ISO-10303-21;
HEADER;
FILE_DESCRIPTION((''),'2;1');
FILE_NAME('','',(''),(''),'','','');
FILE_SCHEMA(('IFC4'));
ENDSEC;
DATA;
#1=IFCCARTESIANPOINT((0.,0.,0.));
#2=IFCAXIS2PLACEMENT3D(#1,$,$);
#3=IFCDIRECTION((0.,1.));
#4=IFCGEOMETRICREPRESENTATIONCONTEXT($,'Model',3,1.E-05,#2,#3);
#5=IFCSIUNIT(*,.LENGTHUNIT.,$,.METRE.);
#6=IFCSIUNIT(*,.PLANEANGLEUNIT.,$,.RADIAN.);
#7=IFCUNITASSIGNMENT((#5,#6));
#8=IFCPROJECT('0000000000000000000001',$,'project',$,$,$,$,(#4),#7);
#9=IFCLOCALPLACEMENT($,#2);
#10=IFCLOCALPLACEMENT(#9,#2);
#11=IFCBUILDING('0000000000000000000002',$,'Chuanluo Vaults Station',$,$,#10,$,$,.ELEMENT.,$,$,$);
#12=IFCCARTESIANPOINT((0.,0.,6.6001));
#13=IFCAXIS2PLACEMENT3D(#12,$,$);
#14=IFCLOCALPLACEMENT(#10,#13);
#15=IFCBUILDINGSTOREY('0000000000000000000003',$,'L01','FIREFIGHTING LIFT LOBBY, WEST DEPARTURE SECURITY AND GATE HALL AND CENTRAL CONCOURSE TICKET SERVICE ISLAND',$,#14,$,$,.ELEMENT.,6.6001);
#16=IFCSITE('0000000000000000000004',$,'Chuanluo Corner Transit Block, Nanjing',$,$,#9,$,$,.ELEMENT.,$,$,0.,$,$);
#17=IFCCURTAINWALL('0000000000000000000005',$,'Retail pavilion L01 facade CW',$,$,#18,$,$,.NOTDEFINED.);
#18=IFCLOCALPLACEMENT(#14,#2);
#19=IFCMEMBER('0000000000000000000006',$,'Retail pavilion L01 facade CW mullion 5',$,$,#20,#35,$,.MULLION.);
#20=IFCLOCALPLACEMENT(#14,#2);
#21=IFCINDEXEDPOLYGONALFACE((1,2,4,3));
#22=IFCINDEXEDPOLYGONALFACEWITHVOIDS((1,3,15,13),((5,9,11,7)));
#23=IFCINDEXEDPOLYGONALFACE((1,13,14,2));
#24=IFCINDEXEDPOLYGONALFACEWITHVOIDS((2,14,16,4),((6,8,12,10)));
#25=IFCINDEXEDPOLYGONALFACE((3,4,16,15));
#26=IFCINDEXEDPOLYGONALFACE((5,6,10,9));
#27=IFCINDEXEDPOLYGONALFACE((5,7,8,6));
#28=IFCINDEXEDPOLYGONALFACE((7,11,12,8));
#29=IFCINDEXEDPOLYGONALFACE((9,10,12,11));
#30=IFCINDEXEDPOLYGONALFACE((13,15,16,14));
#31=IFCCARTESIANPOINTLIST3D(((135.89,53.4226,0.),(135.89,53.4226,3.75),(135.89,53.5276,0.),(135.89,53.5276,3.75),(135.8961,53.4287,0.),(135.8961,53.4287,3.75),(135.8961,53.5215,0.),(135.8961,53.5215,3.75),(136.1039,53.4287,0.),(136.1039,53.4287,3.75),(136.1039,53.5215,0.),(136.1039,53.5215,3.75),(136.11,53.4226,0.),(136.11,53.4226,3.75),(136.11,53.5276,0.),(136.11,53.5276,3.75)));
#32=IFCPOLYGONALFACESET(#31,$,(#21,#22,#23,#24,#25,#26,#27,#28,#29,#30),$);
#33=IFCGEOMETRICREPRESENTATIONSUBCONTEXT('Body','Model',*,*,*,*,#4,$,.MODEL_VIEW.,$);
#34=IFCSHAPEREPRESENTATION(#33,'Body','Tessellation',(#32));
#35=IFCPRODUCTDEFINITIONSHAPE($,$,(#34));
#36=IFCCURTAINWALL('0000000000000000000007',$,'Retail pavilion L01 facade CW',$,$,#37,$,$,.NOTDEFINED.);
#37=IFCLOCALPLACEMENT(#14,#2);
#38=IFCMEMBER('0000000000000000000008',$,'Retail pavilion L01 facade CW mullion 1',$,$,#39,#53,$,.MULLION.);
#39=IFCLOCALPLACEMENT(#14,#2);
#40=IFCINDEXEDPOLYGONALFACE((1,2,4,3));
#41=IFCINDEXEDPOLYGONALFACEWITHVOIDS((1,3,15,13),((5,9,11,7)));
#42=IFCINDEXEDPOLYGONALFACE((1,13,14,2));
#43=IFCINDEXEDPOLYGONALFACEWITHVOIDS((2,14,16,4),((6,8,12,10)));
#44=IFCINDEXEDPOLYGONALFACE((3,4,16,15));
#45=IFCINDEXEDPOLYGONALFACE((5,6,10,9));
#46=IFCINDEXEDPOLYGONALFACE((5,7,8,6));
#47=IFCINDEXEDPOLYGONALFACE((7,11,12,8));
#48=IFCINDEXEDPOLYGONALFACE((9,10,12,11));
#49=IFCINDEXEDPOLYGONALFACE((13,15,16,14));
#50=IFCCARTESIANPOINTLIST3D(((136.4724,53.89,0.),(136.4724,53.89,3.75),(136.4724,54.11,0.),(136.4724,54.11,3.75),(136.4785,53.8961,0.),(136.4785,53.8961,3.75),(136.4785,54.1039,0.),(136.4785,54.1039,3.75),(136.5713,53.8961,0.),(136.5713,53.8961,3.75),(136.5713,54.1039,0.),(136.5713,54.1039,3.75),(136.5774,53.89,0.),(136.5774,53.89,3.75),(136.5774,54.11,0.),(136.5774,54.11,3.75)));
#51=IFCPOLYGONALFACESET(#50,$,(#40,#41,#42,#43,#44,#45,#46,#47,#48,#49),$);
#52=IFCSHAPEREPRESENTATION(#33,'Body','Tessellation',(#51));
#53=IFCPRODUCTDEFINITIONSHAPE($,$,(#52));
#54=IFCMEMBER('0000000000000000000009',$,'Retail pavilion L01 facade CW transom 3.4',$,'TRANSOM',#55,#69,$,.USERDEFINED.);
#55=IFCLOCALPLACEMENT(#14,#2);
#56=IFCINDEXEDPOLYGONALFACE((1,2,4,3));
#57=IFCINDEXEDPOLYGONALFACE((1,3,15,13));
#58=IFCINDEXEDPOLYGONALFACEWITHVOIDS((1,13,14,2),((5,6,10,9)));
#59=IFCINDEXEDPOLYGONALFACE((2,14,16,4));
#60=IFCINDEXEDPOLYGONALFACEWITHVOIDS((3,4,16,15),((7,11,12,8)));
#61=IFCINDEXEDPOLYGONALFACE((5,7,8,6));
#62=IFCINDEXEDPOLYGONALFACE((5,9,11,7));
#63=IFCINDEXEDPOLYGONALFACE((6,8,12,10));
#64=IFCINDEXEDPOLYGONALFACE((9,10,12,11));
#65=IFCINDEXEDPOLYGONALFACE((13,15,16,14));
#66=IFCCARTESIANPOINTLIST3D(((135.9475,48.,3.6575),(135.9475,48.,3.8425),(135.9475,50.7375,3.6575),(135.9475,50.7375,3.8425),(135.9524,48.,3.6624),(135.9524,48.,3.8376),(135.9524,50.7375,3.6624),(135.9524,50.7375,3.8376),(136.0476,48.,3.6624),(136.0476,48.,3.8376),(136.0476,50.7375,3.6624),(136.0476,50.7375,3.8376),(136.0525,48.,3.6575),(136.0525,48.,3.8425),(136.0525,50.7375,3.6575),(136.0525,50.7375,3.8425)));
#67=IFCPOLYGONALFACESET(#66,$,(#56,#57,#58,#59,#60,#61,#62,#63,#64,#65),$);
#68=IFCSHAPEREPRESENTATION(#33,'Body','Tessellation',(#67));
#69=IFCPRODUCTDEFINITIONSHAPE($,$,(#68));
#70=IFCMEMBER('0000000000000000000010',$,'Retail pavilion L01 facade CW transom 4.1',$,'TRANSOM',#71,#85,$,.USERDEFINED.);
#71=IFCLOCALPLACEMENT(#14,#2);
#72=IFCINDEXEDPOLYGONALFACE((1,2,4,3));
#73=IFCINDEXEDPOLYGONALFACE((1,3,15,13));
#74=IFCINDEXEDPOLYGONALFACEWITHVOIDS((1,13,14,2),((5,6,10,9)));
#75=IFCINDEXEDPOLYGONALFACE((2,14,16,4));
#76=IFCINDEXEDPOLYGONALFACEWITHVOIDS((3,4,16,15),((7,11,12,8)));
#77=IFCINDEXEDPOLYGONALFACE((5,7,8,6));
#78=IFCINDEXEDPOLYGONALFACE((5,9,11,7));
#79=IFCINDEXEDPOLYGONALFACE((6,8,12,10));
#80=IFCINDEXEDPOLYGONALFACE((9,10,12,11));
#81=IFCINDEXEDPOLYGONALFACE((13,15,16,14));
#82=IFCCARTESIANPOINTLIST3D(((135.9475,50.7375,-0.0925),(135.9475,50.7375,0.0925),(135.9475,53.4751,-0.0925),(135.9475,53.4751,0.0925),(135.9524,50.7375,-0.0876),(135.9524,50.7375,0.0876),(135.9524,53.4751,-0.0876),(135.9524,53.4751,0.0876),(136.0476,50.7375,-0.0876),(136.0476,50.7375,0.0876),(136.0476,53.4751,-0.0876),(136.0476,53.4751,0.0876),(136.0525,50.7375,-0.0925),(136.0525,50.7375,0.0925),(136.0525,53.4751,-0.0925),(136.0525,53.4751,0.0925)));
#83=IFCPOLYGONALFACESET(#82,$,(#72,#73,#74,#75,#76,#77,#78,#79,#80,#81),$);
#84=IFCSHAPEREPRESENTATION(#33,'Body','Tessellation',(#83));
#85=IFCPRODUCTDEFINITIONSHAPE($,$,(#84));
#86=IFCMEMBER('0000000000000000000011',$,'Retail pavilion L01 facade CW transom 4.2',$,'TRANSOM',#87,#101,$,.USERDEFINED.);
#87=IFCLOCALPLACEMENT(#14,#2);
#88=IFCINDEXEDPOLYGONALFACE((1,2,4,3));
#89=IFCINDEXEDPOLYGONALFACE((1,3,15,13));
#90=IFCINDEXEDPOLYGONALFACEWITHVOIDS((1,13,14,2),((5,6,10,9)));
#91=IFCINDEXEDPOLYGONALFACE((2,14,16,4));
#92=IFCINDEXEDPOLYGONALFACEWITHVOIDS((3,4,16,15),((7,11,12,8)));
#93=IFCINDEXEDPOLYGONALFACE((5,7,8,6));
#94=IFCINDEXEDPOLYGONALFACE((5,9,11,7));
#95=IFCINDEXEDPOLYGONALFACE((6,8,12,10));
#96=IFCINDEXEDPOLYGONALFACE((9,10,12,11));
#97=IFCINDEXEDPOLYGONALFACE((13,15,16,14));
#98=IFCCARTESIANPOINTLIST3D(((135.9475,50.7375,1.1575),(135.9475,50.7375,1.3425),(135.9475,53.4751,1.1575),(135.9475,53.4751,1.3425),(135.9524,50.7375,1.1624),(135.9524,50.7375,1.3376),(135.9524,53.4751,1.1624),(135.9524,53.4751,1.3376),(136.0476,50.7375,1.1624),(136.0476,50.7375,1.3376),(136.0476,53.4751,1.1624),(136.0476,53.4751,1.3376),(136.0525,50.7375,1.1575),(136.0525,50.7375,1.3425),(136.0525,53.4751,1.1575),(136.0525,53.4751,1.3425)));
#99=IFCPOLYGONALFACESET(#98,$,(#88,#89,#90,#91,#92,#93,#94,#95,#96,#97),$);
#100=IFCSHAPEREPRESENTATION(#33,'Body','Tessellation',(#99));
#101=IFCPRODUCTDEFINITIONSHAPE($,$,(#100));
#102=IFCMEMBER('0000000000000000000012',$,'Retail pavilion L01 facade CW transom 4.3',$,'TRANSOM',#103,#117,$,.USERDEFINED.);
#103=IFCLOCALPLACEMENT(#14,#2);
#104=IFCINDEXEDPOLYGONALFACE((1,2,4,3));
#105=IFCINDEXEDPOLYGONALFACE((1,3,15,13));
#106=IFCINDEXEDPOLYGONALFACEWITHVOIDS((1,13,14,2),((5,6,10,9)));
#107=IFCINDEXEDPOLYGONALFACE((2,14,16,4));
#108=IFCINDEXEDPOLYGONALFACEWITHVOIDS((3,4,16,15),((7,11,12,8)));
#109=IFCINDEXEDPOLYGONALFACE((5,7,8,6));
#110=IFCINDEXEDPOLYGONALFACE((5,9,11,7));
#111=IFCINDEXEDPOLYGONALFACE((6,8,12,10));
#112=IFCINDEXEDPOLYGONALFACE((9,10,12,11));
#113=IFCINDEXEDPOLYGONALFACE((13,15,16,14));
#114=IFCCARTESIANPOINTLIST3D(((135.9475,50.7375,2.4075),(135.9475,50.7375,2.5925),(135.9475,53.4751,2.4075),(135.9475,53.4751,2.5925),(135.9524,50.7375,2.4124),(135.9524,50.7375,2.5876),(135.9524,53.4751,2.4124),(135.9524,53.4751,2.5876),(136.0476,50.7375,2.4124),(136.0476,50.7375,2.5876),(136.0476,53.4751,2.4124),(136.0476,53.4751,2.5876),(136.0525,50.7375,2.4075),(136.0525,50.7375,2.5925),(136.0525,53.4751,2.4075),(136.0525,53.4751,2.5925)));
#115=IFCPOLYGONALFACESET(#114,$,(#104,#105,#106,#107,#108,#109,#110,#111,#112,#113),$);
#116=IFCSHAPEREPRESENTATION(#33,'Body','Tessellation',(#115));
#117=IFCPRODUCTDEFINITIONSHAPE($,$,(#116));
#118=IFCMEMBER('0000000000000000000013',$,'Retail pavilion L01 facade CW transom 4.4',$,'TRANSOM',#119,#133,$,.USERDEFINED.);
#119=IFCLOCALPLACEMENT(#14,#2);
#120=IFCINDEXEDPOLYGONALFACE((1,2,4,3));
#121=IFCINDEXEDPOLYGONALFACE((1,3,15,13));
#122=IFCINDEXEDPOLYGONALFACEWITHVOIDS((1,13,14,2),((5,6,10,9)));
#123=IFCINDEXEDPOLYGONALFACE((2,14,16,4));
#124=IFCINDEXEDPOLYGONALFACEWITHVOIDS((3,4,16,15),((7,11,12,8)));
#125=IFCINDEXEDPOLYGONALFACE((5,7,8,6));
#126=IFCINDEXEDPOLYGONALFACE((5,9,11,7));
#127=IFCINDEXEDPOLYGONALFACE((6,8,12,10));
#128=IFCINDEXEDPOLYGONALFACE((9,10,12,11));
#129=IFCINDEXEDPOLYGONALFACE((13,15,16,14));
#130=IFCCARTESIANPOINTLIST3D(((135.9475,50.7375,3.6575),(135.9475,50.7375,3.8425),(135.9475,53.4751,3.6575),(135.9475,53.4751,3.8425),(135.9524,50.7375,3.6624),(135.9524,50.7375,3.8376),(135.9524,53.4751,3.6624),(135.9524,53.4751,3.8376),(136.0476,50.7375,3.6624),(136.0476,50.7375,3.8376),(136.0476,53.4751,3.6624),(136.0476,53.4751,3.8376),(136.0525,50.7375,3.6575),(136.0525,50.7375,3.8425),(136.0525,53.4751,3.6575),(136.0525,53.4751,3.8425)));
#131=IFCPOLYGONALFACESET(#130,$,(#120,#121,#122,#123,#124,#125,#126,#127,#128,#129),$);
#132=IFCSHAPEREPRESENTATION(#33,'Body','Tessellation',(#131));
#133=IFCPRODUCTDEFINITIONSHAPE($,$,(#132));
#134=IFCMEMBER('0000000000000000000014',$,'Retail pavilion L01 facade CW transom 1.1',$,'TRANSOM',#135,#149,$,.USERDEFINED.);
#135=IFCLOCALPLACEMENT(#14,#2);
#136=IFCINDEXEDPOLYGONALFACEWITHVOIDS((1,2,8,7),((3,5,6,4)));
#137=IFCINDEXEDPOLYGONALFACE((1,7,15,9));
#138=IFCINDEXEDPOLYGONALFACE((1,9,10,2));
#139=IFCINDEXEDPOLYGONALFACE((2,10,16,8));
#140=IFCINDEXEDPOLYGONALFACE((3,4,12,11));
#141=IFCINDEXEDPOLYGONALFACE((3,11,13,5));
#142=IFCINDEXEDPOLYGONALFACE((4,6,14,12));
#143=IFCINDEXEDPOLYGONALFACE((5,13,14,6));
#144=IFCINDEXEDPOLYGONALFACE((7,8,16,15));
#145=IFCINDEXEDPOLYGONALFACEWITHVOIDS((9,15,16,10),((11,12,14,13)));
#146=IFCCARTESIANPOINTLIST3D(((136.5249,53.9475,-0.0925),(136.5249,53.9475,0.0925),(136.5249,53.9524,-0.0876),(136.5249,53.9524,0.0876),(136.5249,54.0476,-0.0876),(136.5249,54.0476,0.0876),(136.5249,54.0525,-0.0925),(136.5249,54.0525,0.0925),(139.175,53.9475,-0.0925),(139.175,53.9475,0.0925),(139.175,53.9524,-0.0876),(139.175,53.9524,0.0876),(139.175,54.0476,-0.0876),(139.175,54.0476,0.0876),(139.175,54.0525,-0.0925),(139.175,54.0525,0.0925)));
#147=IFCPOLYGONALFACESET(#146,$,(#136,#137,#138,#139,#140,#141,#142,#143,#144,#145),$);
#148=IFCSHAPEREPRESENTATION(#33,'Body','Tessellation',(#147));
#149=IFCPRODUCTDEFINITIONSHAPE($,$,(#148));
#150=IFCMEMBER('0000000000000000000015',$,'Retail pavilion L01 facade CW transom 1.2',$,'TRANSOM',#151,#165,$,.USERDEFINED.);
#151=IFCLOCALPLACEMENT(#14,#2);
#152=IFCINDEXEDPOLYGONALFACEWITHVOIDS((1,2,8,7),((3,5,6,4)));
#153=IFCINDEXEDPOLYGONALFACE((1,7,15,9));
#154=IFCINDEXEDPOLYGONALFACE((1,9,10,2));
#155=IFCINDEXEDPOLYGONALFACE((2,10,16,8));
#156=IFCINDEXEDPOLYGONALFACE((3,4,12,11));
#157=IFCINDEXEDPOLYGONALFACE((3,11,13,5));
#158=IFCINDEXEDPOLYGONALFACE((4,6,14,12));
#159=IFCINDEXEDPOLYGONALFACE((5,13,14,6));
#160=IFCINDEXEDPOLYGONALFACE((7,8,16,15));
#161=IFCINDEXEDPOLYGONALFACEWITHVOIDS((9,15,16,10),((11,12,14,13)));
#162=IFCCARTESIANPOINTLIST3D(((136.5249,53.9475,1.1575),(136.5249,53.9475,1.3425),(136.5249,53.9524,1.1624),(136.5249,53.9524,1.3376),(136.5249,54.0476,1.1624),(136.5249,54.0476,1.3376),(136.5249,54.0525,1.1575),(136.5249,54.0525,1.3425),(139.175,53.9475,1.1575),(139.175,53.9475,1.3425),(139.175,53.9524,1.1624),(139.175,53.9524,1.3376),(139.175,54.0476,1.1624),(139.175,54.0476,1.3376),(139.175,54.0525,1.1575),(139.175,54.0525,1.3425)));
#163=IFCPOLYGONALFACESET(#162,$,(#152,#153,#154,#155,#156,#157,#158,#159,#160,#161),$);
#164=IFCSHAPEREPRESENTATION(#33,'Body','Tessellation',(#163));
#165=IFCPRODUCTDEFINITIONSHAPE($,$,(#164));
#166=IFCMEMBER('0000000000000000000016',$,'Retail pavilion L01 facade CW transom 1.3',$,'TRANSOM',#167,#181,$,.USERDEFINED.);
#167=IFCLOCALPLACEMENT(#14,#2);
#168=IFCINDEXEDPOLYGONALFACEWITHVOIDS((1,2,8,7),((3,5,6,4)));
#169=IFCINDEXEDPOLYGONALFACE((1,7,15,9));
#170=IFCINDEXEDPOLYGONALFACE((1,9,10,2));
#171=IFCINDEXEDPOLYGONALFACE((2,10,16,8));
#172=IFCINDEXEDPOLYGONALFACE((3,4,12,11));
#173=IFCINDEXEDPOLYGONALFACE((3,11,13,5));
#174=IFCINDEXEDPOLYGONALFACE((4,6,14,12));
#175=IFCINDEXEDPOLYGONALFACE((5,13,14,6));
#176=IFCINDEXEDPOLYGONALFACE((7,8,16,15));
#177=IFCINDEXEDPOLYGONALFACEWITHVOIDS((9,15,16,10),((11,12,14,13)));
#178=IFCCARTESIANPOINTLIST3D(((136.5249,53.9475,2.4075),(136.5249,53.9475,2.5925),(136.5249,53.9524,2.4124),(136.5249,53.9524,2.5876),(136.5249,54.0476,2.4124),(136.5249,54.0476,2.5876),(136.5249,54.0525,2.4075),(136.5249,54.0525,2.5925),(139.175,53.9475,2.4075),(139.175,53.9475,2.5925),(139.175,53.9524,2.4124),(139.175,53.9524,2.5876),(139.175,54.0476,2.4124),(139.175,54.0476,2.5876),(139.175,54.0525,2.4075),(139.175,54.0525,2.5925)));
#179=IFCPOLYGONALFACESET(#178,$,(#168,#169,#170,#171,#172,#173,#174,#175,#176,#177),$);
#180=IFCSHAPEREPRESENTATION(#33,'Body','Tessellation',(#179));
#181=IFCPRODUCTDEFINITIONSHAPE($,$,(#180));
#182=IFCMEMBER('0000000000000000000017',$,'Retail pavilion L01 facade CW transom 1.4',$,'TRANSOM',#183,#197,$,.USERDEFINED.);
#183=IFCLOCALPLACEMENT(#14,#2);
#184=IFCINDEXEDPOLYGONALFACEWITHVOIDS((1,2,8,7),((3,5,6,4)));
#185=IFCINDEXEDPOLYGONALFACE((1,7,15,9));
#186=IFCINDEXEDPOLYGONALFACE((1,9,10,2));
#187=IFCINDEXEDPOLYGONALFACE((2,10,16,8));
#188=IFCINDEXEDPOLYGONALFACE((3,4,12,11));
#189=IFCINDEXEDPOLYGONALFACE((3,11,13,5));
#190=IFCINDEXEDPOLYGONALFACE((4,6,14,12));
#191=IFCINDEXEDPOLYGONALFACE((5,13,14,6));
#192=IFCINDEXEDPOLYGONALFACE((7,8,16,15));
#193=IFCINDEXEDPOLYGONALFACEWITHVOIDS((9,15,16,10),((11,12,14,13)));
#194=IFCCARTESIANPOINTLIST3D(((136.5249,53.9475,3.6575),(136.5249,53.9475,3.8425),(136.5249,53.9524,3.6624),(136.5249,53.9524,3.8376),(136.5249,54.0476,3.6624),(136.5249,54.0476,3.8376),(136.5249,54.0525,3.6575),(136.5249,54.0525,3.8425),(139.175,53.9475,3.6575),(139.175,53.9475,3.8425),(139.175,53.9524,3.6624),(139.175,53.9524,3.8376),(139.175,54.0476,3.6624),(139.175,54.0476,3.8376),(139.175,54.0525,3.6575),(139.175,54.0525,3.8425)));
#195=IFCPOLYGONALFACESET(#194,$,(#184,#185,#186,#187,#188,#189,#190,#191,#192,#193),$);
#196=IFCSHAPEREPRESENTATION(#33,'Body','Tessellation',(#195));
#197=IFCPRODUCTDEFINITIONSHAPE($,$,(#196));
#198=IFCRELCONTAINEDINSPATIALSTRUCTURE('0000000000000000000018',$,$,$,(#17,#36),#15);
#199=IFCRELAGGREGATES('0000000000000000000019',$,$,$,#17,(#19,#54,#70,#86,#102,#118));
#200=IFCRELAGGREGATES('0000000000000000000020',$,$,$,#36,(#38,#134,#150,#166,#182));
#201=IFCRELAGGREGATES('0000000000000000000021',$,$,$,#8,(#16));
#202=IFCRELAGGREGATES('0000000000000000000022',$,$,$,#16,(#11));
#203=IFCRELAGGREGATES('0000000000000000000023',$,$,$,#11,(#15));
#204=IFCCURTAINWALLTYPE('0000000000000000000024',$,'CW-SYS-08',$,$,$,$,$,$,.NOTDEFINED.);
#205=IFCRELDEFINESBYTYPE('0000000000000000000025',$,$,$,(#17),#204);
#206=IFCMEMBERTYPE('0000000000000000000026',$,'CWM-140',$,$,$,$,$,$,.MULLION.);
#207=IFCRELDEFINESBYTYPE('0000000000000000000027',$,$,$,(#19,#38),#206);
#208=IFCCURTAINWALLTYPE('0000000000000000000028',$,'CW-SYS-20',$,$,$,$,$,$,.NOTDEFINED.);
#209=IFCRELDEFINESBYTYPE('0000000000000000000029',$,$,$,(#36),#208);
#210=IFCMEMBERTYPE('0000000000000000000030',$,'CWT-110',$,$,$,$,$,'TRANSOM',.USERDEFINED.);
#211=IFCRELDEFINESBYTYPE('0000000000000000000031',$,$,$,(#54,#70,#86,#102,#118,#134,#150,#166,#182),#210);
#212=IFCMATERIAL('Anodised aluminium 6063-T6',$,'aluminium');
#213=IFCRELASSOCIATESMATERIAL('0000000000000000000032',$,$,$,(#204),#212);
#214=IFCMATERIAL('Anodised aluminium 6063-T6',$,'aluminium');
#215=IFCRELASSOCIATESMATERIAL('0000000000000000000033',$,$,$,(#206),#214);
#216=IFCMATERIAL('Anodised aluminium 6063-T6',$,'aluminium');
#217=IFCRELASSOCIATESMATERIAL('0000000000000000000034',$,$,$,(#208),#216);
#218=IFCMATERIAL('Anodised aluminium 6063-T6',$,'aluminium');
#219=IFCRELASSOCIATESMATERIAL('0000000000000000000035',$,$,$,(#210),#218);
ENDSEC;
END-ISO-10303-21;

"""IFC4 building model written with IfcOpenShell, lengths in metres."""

from ifc_helpers import new_model, si_unit, direction, frame, origin, origin_2d, place, context, subcontext, project, spatial, hollow_rectangle, extrude, material, material_profile, profile_set, type_object, element, aggregate, save


model = new_model("IFC4")

# Units and contexts
model_context = context("Model", 3, precision=1e-05, world=origin(), true_north=direction((0.0, 1.0)))
body_context = subcontext(model_context, "Body", "Model", "MODEL_VIEW")
ifc_project = project(units=[si_unit("LENGTHUNIT", "METRE"), si_unit("PLANEANGLEUNIT", "RADIAN")], contexts=[model_context])

# Site, building, storey
site_placement = place(None, origin())
site = spatial("IfcSite", under=ifc_project, at=site_placement, Name="Chuanluo Corner Transit Block, Nanjing", CompositionType="ELEMENT", RefElevation=0.0)
building_placement = place(site_placement, origin())
building = spatial("IfcBuilding", under=site, at=building_placement, Name="Chuanluo Vaults Station", CompositionType="ELEMENT")
storey_placement = place(building_placement, frame((0.0, 0.0, 6.6001)))
storey = spatial("IfcBuildingStorey", under=building, at=storey_placement, Name="L01", Description="FIREFIGHTING LIFT LOBBY, WEST DEPARTURE SECURITY AND GATE HALL AND CENTRAL CONCOURSE TICKET SERVICE ISLAND", CompositionType="ELEMENT", Elevation=6.6001)

# Curtain wall, member
ifc_material_1 = material(Name="Anodised aluminium 6063-T6", Category="aluminium")
curtain_wall_type_1 = type_object("IfcCurtainWallType", Name="CW-SYS-08", PredefinedType="NOTDEFINED", material=ifc_material_1)
curtain_wall_1_placement = place(storey_placement, origin())
curtain_wall_1 = element("IfcCurtainWall", 1, at=curtain_wall_1_placement, inside=storey, type_object=curtain_wall_type_1, Name="Retail pavilion L01 facade CW", PredefinedType="NOTDEFINED")
ifc_material_2 = material(Name="Anodised aluminium 6063-T6", Category="aluminium")
ifc_material_profile_1 = material_profile(ifc_material_2, hollow_rectangle(XDim=0.105, YDim=0.22, WallThickness=0.0061, at=origin_2d()))
ifc_profile_set_1 = profile_set([ifc_material_profile_1], Name="Anodised aluminium 6063-T6")
member_type_1 = type_object("IfcMemberType", Name="CWM-140", PredefinedType="MULLION", material=ifc_profile_set_1)
member_1_placement = place(storey_placement, frame((136.0, 53.4751, 0.0), z_axis=(0.0, 0.0, 1.0), x_axis=(0.0, 1.0, 0.0)))
member_1 = element("IfcMember", 2, at=member_1_placement, type_object=member_type_1, Name="Retail pavilion L01 facade CW mullion 5", PredefinedType="MULLION", context=body_context, shape_type="SweptSolid", body=[
    extrude(hollow_rectangle(XDim=0.105, YDim=0.22, WallThickness=0.0061, at=origin_2d()), origin(), (0.0, 0.0, 1.0), 3.75),
])

# Curtain wall, member
ifc_material_3 = material(Name="Anodised aluminium 6063-T6", Category="aluminium")
curtain_wall_type_2 = type_object("IfcCurtainWallType", Name="CW-SYS-20", PredefinedType="NOTDEFINED", material=ifc_material_3)
curtain_wall_2_placement = place(storey_placement, origin())
curtain_wall_2 = element("IfcCurtainWall", 3, at=curtain_wall_2_placement, inside=storey, type_object=curtain_wall_type_2, Name="Retail pavilion L01 facade CW", PredefinedType="NOTDEFINED")
member_2_placement = place(storey_placement, frame((136.5249, 54.0, 0.0), z_axis=(0.0, 0.0, 1.0), x_axis=(1.0, 0.0, 0.0)))
member_2 = element("IfcMember", 4, at=member_2_placement, type_object=member_type_1, Name="Retail pavilion L01 facade CW mullion 1", PredefinedType="MULLION", context=body_context, shape_type="SweptSolid", body=[
    extrude(hollow_rectangle(XDim=0.105, YDim=0.22, WallThickness=0.0061, at=origin_2d()), origin(), (0.0, 0.0, 1.0), 3.75),
])

# Members
ifc_material_4 = material(Name="Anodised aluminium 6063-T6", Category="aluminium")
ifc_material_profile_2 = material_profile(ifc_material_4, hollow_rectangle(XDim=0.105, YDim=0.1851, WallThickness=0.0049, at=origin_2d()))
ifc_profile_set_2 = profile_set([ifc_material_profile_2], Name="Anodised aluminium 6063-T6")
member_type_2 = type_object("IfcMemberType", Name="CWT-110", ElementType="TRANSOM", PredefinedType="USERDEFINED", material=ifc_profile_set_2)
member_3_placement = place(storey_placement, frame((136.0, 48.0, 3.75), z_axis=(0.0, 1.0, 0.0), x_axis=(-1.0, 0.0, 0.0)))
member_3 = element("IfcMember", 5, at=member_3_placement, type_object=member_type_2, Name="Retail pavilion L01 facade CW transom 3.4", ObjectType="TRANSOM", PredefinedType="USERDEFINED", context=body_context, shape_type="SweptSolid", body=[
    extrude(hollow_rectangle(XDim=0.105, YDim=0.1851, WallThickness=0.0049, at=origin_2d()), origin(), (0.0, 0.0, 1.0), 2.7375),
])
member_4_placement = place(storey_placement, frame((136.0, 50.7375, 0.0), z_axis=(0.0, 1.0, 0.0), x_axis=(-1.0, 0.0, 0.0)))
member_4 = element("IfcMember", 6, at=member_4_placement, type_object=member_type_2, Name="Retail pavilion L01 facade CW transom 4.1", ObjectType="TRANSOM", PredefinedType="USERDEFINED", context=body_context, shape_type="SweptSolid", body=[
    extrude(hollow_rectangle(XDim=0.105, YDim=0.1851, WallThickness=0.0049, at=origin_2d()), origin(), (0.0, 0.0, 1.0), 2.7375),
])
member_5_placement = place(storey_placement, frame((136.0, 50.7375, 1.25), z_axis=(0.0, 1.0, 0.0), x_axis=(-1.0, 0.0, 0.0)))
member_5 = element("IfcMember", 7, at=member_5_placement, type_object=member_type_2, Name="Retail pavilion L01 facade CW transom 4.2", ObjectType="TRANSOM", PredefinedType="USERDEFINED", context=body_context, shape_type="SweptSolid", body=[
    extrude(hollow_rectangle(XDim=0.105, YDim=0.1851, WallThickness=0.0049, at=origin_2d()), origin(), (0.0, 0.0, 1.0), 2.7375),
])
member_6_placement = place(storey_placement, frame((136.0, 50.7375, 2.5), z_axis=(0.0, 1.0, 0.0), x_axis=(-1.0, 0.0, 0.0)))
member_6 = element("IfcMember", 8, at=member_6_placement, type_object=member_type_2, Name="Retail pavilion L01 facade CW transom 4.3", ObjectType="TRANSOM", PredefinedType="USERDEFINED", context=body_context, shape_type="SweptSolid", body=[
    extrude(hollow_rectangle(XDim=0.105, YDim=0.1851, WallThickness=0.0049, at=origin_2d()), origin(), (0.0, 0.0, 1.0), 2.7375),
])
member_7_placement = place(storey_placement, frame((136.0, 50.7375, 3.75), z_axis=(0.0, 1.0, 0.0), x_axis=(-1.0, 0.0, 0.0)))
member_7 = element("IfcMember", 9, at=member_7_placement, type_object=member_type_2, Name="Retail pavilion L01 facade CW transom 4.4", ObjectType="TRANSOM", PredefinedType="USERDEFINED", context=body_context, shape_type="SweptSolid", body=[
    extrude(hollow_rectangle(XDim=0.105, YDim=0.1851, WallThickness=0.0049, at=origin_2d()), origin(), (0.0, 0.0, 1.0), 2.7375),
])
member_8_placement = place(storey_placement, frame((136.5249, 54.0, 0.0), z_axis=(1.0, 0.0, 0.0), x_axis=(0.0, 1.0, 0.0)))
member_8 = element("IfcMember", 10, at=member_8_placement, type_object=member_type_2, Name="Retail pavilion L01 facade CW transom 1.1", ObjectType="TRANSOM", PredefinedType="USERDEFINED", context=body_context, shape_type="SweptSolid", body=[
    extrude(hollow_rectangle(XDim=0.105, YDim=0.1851, WallThickness=0.0049, at=origin_2d()), origin(), (0.0, 0.0, 1.0), 2.6501),
])
member_9_placement = place(storey_placement, frame((136.5249, 54.0, 1.25), z_axis=(1.0, 0.0, 0.0), x_axis=(0.0, 1.0, 0.0)))
member_9 = element("IfcMember", 11, at=member_9_placement, type_object=member_type_2, Name="Retail pavilion L01 facade CW transom 1.2", ObjectType="TRANSOM", PredefinedType="USERDEFINED", context=body_context, shape_type="SweptSolid", body=[
    extrude(hollow_rectangle(XDim=0.105, YDim=0.1851, WallThickness=0.0049, at=origin_2d()), origin(), (0.0, 0.0, 1.0), 2.6501),
])
member_10_placement = place(storey_placement, frame((136.5249, 54.0, 2.5), z_axis=(1.0, 0.0, 0.0), x_axis=(0.0, 1.0, 0.0)))
member_10 = element("IfcMember", 12, at=member_10_placement, type_object=member_type_2, Name="Retail pavilion L01 facade CW transom 1.3", ObjectType="TRANSOM", PredefinedType="USERDEFINED", context=body_context, shape_type="SweptSolid", body=[
    extrude(hollow_rectangle(XDim=0.105, YDim=0.1851, WallThickness=0.0049, at=origin_2d()), origin(), (0.0, 0.0, 1.0), 2.6501),
])
member_11_placement = place(storey_placement, frame((136.5249, 54.0, 3.75), z_axis=(1.0, 0.0, 0.0), x_axis=(0.0, 1.0, 0.0)))
member_11 = element("IfcMember", 13, at=member_11_placement, type_object=member_type_2, Name="Retail pavilion L01 facade CW transom 1.4", ObjectType="TRANSOM", PredefinedType="USERDEFINED", context=body_context, shape_type="SweptSolid", body=[
    extrude(hollow_rectangle(XDim=0.105, YDim=0.1851, WallThickness=0.0049, at=origin_2d()), origin(), (0.0, 0.0, 1.0), 2.6501),
])

aggregate(curtain_wall_1, [member_1, member_3, member_4, member_5, member_6, member_7])
aggregate(curtain_wall_2, [member_2, member_8, member_9, member_10, member_11])

save(model, "model.ifc")
